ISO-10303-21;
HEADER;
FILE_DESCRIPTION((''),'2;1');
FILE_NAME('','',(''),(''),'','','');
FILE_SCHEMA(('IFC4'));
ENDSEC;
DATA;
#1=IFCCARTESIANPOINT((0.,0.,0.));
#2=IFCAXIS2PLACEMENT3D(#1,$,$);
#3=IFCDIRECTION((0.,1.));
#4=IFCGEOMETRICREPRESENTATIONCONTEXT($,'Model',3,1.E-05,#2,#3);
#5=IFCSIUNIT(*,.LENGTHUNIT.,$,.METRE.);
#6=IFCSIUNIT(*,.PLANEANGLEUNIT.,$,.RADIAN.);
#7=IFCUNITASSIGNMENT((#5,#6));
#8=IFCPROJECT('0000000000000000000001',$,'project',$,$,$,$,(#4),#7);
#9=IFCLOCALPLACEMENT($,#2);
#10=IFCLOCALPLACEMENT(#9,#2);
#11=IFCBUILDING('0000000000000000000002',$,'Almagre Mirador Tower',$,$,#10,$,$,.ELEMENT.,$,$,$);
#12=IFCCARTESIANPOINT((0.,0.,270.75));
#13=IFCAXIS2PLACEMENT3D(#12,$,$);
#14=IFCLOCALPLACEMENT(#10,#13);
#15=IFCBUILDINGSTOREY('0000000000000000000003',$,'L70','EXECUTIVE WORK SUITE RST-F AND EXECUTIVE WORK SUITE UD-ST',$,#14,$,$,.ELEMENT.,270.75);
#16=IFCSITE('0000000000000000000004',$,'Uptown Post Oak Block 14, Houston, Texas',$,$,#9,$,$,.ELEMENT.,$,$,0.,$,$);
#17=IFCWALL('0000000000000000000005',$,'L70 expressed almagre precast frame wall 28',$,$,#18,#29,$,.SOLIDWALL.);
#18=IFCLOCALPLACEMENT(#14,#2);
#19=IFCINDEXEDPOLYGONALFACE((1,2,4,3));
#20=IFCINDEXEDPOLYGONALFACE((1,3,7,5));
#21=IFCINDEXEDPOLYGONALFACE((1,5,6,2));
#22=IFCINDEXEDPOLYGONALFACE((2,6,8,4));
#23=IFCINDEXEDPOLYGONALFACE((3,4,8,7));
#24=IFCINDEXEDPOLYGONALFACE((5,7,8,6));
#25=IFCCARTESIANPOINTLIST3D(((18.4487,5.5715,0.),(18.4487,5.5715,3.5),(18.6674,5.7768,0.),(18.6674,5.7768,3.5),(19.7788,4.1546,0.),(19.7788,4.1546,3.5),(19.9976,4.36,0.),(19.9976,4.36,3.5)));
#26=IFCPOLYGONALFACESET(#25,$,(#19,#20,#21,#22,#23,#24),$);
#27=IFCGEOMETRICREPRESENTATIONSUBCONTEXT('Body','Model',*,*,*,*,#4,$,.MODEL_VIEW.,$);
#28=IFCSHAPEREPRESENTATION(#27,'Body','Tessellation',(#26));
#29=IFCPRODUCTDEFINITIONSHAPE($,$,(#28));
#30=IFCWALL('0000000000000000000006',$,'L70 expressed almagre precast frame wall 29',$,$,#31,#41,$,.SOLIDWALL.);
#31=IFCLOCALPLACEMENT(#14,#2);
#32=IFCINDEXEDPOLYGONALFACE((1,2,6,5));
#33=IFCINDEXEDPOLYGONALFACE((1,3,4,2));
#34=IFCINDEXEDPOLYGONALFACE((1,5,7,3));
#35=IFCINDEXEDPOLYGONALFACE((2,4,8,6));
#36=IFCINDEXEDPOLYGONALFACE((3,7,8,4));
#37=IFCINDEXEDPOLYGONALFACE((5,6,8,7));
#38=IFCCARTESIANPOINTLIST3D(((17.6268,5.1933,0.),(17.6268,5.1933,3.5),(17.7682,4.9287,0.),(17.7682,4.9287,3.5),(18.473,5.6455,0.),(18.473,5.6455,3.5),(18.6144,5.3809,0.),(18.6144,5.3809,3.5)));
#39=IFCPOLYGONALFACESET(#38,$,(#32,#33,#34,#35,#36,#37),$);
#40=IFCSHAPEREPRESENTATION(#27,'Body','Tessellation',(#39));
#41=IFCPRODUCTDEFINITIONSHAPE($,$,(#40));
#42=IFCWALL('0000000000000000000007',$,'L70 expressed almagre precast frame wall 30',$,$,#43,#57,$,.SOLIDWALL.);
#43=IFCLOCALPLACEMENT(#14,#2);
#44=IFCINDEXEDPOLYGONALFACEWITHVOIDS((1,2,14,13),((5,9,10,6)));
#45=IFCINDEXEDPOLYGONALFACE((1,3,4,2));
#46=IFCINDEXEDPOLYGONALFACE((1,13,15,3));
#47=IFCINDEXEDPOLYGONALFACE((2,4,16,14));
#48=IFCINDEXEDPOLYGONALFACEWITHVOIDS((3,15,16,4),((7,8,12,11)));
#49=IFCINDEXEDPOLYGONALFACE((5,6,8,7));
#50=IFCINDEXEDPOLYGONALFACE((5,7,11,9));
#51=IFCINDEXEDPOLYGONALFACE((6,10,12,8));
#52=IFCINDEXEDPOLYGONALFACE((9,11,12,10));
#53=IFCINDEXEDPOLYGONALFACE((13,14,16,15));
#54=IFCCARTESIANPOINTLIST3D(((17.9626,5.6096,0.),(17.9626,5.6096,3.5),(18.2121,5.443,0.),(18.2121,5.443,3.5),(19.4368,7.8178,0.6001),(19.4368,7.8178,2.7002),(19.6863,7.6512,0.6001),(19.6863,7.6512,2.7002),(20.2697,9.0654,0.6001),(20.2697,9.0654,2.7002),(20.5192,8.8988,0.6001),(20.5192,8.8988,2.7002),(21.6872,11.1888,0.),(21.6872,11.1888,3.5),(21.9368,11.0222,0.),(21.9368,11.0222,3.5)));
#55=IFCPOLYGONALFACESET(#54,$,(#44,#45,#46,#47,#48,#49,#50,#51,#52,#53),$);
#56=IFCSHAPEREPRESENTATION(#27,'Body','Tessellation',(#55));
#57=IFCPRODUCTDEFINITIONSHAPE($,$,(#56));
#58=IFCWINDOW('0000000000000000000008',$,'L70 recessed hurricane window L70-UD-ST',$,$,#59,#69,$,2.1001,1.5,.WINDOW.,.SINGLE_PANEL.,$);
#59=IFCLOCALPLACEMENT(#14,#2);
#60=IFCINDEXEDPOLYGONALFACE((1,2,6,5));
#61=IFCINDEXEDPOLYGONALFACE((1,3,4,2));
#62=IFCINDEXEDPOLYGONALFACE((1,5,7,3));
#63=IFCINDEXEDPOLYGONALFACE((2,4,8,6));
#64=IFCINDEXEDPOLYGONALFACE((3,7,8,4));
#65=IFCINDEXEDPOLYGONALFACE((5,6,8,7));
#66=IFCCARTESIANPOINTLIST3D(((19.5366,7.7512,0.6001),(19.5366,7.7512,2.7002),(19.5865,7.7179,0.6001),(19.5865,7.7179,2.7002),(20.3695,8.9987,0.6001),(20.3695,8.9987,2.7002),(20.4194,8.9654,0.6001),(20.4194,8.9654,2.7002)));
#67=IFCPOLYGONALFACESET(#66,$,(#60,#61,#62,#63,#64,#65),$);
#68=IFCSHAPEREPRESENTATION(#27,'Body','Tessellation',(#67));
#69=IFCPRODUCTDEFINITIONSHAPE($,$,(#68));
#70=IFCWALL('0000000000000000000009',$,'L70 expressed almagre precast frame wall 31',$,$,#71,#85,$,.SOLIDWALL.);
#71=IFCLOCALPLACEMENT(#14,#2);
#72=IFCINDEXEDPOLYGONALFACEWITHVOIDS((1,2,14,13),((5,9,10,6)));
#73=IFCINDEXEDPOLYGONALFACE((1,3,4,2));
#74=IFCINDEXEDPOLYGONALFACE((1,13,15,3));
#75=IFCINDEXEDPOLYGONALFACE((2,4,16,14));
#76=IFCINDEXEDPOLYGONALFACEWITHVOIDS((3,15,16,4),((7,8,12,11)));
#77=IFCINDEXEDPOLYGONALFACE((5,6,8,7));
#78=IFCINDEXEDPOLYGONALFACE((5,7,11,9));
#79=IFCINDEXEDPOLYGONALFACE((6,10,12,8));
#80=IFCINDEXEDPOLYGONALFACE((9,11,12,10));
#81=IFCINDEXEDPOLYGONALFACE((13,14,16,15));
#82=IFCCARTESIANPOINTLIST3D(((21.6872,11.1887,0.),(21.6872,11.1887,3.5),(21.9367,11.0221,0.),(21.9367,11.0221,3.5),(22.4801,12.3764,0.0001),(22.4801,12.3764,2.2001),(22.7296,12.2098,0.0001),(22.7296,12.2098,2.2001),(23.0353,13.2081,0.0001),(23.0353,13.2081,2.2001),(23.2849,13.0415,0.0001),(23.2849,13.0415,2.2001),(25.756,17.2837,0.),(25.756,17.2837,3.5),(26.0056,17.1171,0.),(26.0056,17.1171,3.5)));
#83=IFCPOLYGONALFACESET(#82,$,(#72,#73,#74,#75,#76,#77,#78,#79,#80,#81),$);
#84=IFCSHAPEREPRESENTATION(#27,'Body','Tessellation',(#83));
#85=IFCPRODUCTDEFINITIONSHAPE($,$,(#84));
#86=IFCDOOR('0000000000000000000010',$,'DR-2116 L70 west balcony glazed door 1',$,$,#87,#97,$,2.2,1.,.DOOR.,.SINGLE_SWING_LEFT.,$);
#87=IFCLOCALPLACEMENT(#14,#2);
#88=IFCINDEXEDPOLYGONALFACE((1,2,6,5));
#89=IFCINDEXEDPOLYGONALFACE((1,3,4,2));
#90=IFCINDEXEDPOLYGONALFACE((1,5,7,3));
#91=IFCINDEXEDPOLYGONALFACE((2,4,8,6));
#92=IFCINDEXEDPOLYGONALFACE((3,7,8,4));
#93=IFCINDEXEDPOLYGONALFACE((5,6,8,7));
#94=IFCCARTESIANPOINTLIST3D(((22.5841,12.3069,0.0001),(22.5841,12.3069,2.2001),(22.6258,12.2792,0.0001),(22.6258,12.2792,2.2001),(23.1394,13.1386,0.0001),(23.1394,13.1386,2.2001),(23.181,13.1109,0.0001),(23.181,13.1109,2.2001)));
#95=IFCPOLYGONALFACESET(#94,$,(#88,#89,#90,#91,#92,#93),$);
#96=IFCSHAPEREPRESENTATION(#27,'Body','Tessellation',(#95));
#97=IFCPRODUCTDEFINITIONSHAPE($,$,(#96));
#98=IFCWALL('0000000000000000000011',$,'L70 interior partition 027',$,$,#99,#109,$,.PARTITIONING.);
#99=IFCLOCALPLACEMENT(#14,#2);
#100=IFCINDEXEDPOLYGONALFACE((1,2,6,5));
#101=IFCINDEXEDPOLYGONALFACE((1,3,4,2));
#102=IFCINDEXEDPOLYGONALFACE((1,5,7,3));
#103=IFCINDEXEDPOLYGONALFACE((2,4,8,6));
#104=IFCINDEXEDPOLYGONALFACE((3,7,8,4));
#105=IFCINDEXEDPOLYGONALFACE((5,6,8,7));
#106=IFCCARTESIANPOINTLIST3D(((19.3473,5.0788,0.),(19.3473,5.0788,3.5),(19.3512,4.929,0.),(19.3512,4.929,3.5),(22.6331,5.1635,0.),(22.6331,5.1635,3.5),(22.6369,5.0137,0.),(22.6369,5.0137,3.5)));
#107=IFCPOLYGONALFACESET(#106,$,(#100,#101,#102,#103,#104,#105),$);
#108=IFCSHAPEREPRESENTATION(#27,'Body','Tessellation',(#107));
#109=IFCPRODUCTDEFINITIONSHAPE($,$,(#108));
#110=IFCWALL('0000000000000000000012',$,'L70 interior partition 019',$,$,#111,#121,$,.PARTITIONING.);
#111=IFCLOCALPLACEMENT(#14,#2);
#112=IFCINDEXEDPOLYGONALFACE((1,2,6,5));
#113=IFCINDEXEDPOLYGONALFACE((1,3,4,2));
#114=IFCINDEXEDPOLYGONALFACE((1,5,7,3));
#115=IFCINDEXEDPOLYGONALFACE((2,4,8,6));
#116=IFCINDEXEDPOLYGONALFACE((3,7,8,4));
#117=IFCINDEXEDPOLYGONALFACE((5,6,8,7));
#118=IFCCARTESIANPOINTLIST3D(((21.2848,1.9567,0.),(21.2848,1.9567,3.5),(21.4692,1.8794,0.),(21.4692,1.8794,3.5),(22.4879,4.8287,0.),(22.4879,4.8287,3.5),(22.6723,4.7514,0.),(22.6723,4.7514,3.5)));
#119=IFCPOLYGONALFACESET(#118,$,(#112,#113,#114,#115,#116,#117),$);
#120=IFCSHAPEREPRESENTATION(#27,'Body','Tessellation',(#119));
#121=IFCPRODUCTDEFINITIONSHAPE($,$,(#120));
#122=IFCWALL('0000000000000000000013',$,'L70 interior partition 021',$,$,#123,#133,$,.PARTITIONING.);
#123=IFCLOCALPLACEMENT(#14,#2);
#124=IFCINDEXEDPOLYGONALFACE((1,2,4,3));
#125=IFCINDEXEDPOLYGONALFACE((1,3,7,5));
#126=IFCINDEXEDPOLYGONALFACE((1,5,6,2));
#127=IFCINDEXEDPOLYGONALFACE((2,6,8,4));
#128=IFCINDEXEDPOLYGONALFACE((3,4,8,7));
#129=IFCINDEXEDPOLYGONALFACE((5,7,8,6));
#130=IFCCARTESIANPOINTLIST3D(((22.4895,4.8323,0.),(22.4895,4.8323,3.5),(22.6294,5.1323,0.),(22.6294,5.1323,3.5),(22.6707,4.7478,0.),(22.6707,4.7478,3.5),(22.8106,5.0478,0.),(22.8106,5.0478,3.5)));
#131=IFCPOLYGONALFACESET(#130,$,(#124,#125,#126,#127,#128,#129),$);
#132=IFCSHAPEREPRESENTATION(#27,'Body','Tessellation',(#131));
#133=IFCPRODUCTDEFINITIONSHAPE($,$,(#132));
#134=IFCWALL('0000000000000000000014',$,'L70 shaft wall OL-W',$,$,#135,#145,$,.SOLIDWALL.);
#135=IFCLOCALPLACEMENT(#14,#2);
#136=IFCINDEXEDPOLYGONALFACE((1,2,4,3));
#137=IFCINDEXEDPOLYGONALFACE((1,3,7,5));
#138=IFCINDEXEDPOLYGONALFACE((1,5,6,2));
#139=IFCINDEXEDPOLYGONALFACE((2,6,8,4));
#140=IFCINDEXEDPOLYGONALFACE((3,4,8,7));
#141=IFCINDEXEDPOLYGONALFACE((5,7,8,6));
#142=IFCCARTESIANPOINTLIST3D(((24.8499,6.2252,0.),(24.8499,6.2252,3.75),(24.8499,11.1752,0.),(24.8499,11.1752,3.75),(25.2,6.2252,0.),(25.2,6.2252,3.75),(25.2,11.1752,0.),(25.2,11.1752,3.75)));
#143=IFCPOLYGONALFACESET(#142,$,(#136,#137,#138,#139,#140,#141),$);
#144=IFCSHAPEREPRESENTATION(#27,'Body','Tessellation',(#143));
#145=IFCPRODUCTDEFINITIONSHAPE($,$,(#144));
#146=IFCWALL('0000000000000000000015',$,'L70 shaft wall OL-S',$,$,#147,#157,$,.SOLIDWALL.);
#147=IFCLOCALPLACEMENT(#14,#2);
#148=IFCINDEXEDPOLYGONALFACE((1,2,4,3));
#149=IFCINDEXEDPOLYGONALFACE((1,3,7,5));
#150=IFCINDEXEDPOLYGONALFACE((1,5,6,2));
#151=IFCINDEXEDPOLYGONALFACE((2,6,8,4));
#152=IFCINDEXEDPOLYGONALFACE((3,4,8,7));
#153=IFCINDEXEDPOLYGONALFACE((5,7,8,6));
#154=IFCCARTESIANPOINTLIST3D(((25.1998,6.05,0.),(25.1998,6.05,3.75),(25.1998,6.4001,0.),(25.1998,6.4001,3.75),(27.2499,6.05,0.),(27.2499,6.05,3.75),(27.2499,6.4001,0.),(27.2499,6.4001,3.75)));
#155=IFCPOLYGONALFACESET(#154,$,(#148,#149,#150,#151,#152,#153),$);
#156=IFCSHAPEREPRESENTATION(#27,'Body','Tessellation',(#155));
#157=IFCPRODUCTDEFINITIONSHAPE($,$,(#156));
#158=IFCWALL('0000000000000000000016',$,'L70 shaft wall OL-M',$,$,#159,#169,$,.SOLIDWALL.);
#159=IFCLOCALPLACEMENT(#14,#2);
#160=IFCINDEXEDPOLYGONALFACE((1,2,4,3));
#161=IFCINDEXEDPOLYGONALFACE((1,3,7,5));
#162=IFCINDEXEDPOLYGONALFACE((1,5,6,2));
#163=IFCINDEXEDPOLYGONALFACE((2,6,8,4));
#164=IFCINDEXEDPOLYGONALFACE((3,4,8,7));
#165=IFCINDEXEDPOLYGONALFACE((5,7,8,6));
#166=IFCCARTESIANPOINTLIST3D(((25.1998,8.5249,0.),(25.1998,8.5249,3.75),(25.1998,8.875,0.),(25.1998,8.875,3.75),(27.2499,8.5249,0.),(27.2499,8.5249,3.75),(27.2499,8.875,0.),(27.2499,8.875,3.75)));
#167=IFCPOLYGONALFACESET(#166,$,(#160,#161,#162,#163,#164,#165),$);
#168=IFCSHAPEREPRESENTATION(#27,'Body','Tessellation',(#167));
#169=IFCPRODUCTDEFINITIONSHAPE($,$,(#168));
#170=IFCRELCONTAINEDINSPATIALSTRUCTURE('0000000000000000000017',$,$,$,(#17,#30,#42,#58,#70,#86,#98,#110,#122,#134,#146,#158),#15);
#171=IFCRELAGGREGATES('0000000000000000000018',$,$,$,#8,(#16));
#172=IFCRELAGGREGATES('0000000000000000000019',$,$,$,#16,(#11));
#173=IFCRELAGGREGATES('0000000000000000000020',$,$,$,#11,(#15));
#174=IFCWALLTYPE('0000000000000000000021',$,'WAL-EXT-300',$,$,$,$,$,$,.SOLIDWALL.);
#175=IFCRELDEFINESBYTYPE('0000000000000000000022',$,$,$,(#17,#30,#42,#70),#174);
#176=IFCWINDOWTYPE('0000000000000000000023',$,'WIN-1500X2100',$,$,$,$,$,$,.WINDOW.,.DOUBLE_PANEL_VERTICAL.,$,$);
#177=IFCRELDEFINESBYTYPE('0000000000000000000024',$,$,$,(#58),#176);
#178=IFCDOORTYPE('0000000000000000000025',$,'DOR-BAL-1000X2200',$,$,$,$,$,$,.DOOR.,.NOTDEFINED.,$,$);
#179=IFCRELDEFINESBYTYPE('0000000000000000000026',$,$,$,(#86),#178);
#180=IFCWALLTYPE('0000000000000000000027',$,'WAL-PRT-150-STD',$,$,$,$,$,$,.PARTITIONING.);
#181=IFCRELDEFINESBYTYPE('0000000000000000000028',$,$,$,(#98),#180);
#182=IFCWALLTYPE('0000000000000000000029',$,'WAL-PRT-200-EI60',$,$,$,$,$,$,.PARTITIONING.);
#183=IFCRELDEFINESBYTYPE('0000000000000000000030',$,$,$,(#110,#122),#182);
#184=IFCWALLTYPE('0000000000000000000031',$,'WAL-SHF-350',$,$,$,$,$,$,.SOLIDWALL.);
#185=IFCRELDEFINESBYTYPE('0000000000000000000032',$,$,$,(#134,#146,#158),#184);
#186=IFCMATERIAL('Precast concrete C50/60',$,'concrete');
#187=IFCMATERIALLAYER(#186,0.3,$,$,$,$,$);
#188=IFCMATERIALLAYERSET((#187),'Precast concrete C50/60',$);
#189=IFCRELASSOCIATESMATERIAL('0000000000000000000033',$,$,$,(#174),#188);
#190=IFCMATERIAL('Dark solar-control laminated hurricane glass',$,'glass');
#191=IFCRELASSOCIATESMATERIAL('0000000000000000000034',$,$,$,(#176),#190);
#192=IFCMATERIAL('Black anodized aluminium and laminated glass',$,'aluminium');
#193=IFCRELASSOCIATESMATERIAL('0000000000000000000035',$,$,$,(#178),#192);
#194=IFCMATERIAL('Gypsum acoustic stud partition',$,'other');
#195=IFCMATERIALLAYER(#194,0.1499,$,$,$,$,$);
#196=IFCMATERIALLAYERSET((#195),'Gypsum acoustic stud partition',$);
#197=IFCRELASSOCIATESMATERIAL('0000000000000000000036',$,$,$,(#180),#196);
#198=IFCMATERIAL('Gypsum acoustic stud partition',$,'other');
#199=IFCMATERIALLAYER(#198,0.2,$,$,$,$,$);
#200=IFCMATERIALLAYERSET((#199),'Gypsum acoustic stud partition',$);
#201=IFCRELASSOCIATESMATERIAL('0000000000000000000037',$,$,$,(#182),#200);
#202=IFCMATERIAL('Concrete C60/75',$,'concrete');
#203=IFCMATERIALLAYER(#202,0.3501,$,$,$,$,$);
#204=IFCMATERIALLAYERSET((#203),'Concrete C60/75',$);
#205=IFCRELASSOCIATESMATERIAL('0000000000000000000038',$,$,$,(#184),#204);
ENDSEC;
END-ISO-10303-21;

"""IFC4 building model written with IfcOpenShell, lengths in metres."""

from ifc_helpers import new_model, si_unit, direction, frame, frame_2d, origin, place, context, subcontext, project, spatial, rectangle, extrude, material, layer, layer_set, type_object, element, fill, save


model = new_model("IFC4")

# Units and contexts
model_context = context("Model", 3, precision=1e-05, world=origin(), true_north=direction((0.0, 1.0)))
body_context = subcontext(model_context, "Body", "Model", "MODEL_VIEW")
ifc_project = project(units=[si_unit("LENGTHUNIT", "METRE"), si_unit("PLANEANGLEUNIT", "RADIAN")], contexts=[model_context])

# Site, building, storey
site_placement = place(None, origin())
site = spatial("IfcSite", under=ifc_project, at=site_placement, Name="Uptown Post Oak Block 14, Houston, Texas", CompositionType="ELEMENT", RefElevation=0.0)
building_placement = place(site_placement, origin())
building = spatial("IfcBuilding", under=site, at=building_placement, Name="Almagre Mirador Tower", CompositionType="ELEMENT")
storey_placement = place(building_placement, frame((0.0, 0.0, 270.75)))
storey = spatial("IfcBuildingStorey", under=building, at=storey_placement, Name="L70", Description="EXECUTIVE WORK SUITE RST-F AND EXECUTIVE WORK SUITE UD-ST", CompositionType="ELEMENT", Elevation=270.75)

# Shared definitions
ifc_material_1 = material(Name="Precast concrete C50/60", Category="concrete")
ifc_layer_1 = layer(ifc_material_1, 0.3)
ifc_layer_set_1 = layer_set([ifc_layer_1], Name="Precast concrete C50/60")
wall_type_1 = type_object("IfcWallType", Name="WAL-EXT-300", PredefinedType="SOLIDWALL", material=ifc_layer_set_1)

# Walls
wall_1_placement = place(storey_placement, frame((19.8882, 4.2573, 0.0), z_axis=(0.0, 0.0, 1.0), x_axis=(-0.684455, 0.729055, 0.0)))
element("IfcWall", 1, at=wall_1_placement, inside=storey, type_object=wall_type_1, Name="L70 expressed almagre precast frame wall 28", PredefinedType="SOLIDWALL", context=body_context, shape_type="SweptSolid", body=[
    extrude(rectangle(XDim=1.9434, YDim=0.3, at=frame_2d((0.9717, 0.0))), origin(), (0.0, 0.0, 1.0), 3.5),
])
wall_2_placement = place(storey_placement, frame((18.5437, 5.5132, 0.0), z_axis=(0.0, 0.0, 1.0), x_axis=(-0.881986, -0.471275, 0.0)))
element("IfcWall", 2, at=wall_2_placement, inside=storey, type_object=wall_type_1, Name="L70 expressed almagre precast frame wall 29", PredefinedType="SOLIDWALL", context=body_context, shape_type="SweptSolid", body=[
    extrude(rectangle(XDim=0.9595, YDim=0.3, at=frame_2d((0.4797, 0.0))), origin(), (0.0, 0.0, 1.0), 3.5),
])

# Wall, opening, window
wall_3_placement = place(storey_placement, frame((18.0874, 5.5264, 0.0), z_axis=(0.0, 0.0, 1.0), x_axis=(0.555238, 0.831692, 0.0)))
wall_3 = element("IfcWall", 3, at=wall_3_placement, inside=storey, type_object=wall_type_1, Name="L70 expressed almagre precast frame wall 30", PredefinedType="SOLIDWALL", context=body_context, shape_type="SweptSolid", body=[
    extrude(rectangle(XDim=6.7083, YDim=0.3, at=frame_2d((3.354, 0.0))), origin(), (0.0, 0.0, 1.0), 3.5),
])
opening_1_placement = place(wall_3_placement, frame((2.655, 0.0, 0.6001)))
opening_1 = element("IfcOpeningElement", 4, at=opening_1_placement, cuts=wall_3, PredefinedType="OPENING", context=body_context, shape_type="SweptSolid", body=[
    extrude(rectangle(XDim=1.5, YDim=2.1001, at=frame_2d((0.75, 1.05))), frame((0.0, 0.1599, 0.0), z_axis=(0.0, -1.0, 0.0), x_axis=(1.0, 0.0, 0.0)), (0.0, 0.0, 1.0), 0.32),
])
ifc_material_2 = material(Name="Dark solar-control laminated hurricane glass", Category="glass")
window_type_1 = type_object("IfcWindowType", Name="WIN-1500X2100", PartitioningType="DOUBLE_PANEL_VERTICAL", PredefinedType="WINDOW", material=ifc_material_2)
window_1_placement = place(opening_1_placement, origin())
window_1 = element("IfcWindow", 5, at=window_1_placement, inside=storey, type_object=window_type_1, Name="L70 recessed hurricane window L70-UD-ST", OverallHeight=2.1001, OverallWidth=1.5, PartitioningType="SINGLE_PANEL", PredefinedType="WINDOW", context=body_context, shape_type="SweptSolid", body=[
    extrude(rectangle(XDim=1.5, YDim=2.1001, at=frame_2d((0.75, 1.05))), frame((0.0, 0.03, 0.0), z_axis=(0.0, -1.0, 0.0), x_axis=(1.0, 0.0, 0.0)), (0.0, 0.0, 1.0), 0.0601),
])
fill(opening_1, window_1)

# Wall, opening, door
wall_4_placement = place(storey_placement, frame((21.812, 11.1055, 0.0), z_axis=(0.0, 0.0, 1.0), x_axis=(0.555223, 0.831702, 0.0)))
wall_4 = element("IfcWall", 6, at=wall_4_placement, inside=storey, type_object=wall_type_1, Name="L70 expressed almagre precast frame wall 31", PredefinedType="SOLIDWALL", context=body_context, shape_type="SweptSolid", body=[
    extrude(rectangle(XDim=7.3284, YDim=0.3, at=frame_2d((3.6641, 0.0))), origin(), (0.0, 0.0, 1.0), 3.5),
])
opening_2_placement = place(wall_4_placement, frame((1.428, 0.0, 0.0)))
opening_2 = element("IfcOpeningElement", 7, at=opening_2_placement, cuts=wall_4, PredefinedType="OPENING", context=body_context, shape_type="SweptSolid", body=[
    extrude(rectangle(XDim=1.0, YDim=2.2, at=frame_2d((0.5, 1.1001))), frame((0.0, 0.1599, 0.0), z_axis=(0.0, -1.0, 0.0), x_axis=(1.0, 0.0, 0.0)), (0.0, 0.0, 1.0), 0.32),
])
ifc_material_3 = material(Name="Black anodized aluminium and laminated glass", Category="aluminium")
door_type = type_object("IfcDoorType", Name="DOR-BAL-1000X2200", OperationType="NOTDEFINED", PredefinedType="DOOR", material=ifc_material_3)
door_placement = place(opening_2_placement, origin())
door = element("IfcDoor", 8, at=door_placement, inside=storey, type_object=door_type, Name="DR-2116 L70 west balcony glazed door 1", OperationType="SINGLE_SWING_LEFT", OverallHeight=2.2, OverallWidth=1.0, PredefinedType="DOOR", context=body_context, shape_type="SweptSolid", body=[
    extrude(rectangle(XDim=1.0, YDim=2.2, at=frame_2d((0.5, 1.1001))), frame((0.0, 0.0249, 0.0), z_axis=(0.0, -1.0, 0.0), x_axis=(1.0, 0.0, 0.0)), (0.0, 0.0, 1.0), 0.05),
])
fill(opening_2, door)

# Walls
ifc_material_4 = material(Name="Gypsum acoustic stud partition", Category="other")
ifc_layer_2 = layer(ifc_material_4, 0.1499)
ifc_layer_set_2 = layer_set([ifc_layer_2], Name="Gypsum acoustic stud partition")
wall_type_2 = type_object("IfcWallType", Name="WAL-PRT-150-STD", PredefinedType="PARTITIONING", material=ifc_layer_set_2)
wall_5_placement = place(storey_placement, frame((19.3491, 5.0039, 0.0), z_axis=(0.0, 0.0, 1.0), x_axis=(0.999668, 0.025773, 0.0)))
element("IfcWall", 9, at=wall_5_placement, inside=storey, type_object=wall_type_2, Name="L70 interior partition 027", PredefinedType="PARTITIONING", context=body_context, shape_type="SweptSolid", body=[
    extrude(rectangle(XDim=3.2869, YDim=0.1499, at=frame_2d((1.6436, 0.0))), origin(), (0.0, 0.0, 1.0), 3.5),
])
ifc_material_5 = material(Name="Gypsum acoustic stud partition", Category="other")
ifc_layer_3 = layer(ifc_material_5, 0.2)
ifc_layer_set_3 = layer_set([ifc_layer_3], Name="Gypsum acoustic stud partition")
wall_type_3 = type_object("IfcWallType", Name="WAL-PRT-200-EI60", PredefinedType="PARTITIONING", material=ifc_layer_set_3)
wall_6_placement = place(storey_placement, frame((22.5801, 4.79, 0.0), z_axis=(0.0, 0.0, 1.0), x_axis=(-0.386374, -0.922342, 0.0)))
element("IfcWall", 10, at=wall_6_placement, inside=storey, type_object=wall_type_3, Name="L70 interior partition 019", PredefinedType="PARTITIONING", context=body_context, shape_type="SweptSolid", body=[
    extrude(rectangle(XDim=3.1138, YDim=0.2, at=frame_2d((1.5569, 0.0))), origin(), (0.0, 0.0, 1.0), 3.5),
])
wall_7_placement = place(storey_placement, frame((22.72, 5.0901, 0.0), z_axis=(0.0, 0.0, 1.0), x_axis=(-0.422562, -0.906334, 0.0)))
element("IfcWall", 11, at=wall_7_placement, inside=storey, type_object=wall_type_3, Name="L70 interior partition 021", PredefinedType="PARTITIONING", context=body_context, shape_type="SweptSolid", body=[
    extrude(rectangle(XDim=0.3311, YDim=0.2, at=frame_2d((0.1655, 0.0))), origin(), (0.0, 0.0, 1.0), 3.5),
])
ifc_material_6 = material(Name="Concrete C60/75", Category="concrete")
ifc_layer_4 = layer(ifc_material_6, 0.3501)
ifc_layer_set_4 = layer_set([ifc_layer_4], Name="Concrete C60/75")
wall_type_4 = type_object("IfcWallType", Name="WAL-SHF-350", PredefinedType="SOLIDWALL", material=ifc_layer_set_4)
wall_8_placement = place(storey_placement, frame((25.0249, 6.2251, 0.0), z_axis=(0.0, 0.0, 1.0), x_axis=(0.0, 1.0, 0.0)))
element("IfcWall", 12, at=wall_8_placement, inside=storey, type_object=wall_type_4, Name="L70 shaft wall OL-W", PredefinedType="SOLIDWALL", context=body_context, shape_type="SweptSolid", body=[
    extrude(rectangle(XDim=4.95, YDim=0.3501, at=frame_2d((2.4751, 0.0))), origin(), (0.0, 0.0, 1.0), 3.75),
])
for number, where, z_axis, x_axis, name in (
    (13, (25.2, 6.2251, 0.0), (0.0, 0.0, 1.0), (1.0, 0.0, 0.0), "L70 shaft wall OL-S"),
    (14, (25.2, 8.7, 0.0), (0.0, 0.0, 1.0), (1.0, 0.0, 0.0), "L70 shaft wall OL-M"),
):
    element("IfcWall", number, at=place(storey_placement, frame(where, z_axis=z_axis, x_axis=x_axis)), inside=storey, type_object=wall_type_4, Name=name, PredefinedType="SOLIDWALL", context=body_context, shape_type="SweptSolid", body=[
        extrude(rectangle(XDim=2.05, YDim=0.3501, at=frame_2d((1.0249, 0.0))), origin(), (0.0, 0.0, 1.0), 3.75),
    ])

save(model, "model.ifc")
